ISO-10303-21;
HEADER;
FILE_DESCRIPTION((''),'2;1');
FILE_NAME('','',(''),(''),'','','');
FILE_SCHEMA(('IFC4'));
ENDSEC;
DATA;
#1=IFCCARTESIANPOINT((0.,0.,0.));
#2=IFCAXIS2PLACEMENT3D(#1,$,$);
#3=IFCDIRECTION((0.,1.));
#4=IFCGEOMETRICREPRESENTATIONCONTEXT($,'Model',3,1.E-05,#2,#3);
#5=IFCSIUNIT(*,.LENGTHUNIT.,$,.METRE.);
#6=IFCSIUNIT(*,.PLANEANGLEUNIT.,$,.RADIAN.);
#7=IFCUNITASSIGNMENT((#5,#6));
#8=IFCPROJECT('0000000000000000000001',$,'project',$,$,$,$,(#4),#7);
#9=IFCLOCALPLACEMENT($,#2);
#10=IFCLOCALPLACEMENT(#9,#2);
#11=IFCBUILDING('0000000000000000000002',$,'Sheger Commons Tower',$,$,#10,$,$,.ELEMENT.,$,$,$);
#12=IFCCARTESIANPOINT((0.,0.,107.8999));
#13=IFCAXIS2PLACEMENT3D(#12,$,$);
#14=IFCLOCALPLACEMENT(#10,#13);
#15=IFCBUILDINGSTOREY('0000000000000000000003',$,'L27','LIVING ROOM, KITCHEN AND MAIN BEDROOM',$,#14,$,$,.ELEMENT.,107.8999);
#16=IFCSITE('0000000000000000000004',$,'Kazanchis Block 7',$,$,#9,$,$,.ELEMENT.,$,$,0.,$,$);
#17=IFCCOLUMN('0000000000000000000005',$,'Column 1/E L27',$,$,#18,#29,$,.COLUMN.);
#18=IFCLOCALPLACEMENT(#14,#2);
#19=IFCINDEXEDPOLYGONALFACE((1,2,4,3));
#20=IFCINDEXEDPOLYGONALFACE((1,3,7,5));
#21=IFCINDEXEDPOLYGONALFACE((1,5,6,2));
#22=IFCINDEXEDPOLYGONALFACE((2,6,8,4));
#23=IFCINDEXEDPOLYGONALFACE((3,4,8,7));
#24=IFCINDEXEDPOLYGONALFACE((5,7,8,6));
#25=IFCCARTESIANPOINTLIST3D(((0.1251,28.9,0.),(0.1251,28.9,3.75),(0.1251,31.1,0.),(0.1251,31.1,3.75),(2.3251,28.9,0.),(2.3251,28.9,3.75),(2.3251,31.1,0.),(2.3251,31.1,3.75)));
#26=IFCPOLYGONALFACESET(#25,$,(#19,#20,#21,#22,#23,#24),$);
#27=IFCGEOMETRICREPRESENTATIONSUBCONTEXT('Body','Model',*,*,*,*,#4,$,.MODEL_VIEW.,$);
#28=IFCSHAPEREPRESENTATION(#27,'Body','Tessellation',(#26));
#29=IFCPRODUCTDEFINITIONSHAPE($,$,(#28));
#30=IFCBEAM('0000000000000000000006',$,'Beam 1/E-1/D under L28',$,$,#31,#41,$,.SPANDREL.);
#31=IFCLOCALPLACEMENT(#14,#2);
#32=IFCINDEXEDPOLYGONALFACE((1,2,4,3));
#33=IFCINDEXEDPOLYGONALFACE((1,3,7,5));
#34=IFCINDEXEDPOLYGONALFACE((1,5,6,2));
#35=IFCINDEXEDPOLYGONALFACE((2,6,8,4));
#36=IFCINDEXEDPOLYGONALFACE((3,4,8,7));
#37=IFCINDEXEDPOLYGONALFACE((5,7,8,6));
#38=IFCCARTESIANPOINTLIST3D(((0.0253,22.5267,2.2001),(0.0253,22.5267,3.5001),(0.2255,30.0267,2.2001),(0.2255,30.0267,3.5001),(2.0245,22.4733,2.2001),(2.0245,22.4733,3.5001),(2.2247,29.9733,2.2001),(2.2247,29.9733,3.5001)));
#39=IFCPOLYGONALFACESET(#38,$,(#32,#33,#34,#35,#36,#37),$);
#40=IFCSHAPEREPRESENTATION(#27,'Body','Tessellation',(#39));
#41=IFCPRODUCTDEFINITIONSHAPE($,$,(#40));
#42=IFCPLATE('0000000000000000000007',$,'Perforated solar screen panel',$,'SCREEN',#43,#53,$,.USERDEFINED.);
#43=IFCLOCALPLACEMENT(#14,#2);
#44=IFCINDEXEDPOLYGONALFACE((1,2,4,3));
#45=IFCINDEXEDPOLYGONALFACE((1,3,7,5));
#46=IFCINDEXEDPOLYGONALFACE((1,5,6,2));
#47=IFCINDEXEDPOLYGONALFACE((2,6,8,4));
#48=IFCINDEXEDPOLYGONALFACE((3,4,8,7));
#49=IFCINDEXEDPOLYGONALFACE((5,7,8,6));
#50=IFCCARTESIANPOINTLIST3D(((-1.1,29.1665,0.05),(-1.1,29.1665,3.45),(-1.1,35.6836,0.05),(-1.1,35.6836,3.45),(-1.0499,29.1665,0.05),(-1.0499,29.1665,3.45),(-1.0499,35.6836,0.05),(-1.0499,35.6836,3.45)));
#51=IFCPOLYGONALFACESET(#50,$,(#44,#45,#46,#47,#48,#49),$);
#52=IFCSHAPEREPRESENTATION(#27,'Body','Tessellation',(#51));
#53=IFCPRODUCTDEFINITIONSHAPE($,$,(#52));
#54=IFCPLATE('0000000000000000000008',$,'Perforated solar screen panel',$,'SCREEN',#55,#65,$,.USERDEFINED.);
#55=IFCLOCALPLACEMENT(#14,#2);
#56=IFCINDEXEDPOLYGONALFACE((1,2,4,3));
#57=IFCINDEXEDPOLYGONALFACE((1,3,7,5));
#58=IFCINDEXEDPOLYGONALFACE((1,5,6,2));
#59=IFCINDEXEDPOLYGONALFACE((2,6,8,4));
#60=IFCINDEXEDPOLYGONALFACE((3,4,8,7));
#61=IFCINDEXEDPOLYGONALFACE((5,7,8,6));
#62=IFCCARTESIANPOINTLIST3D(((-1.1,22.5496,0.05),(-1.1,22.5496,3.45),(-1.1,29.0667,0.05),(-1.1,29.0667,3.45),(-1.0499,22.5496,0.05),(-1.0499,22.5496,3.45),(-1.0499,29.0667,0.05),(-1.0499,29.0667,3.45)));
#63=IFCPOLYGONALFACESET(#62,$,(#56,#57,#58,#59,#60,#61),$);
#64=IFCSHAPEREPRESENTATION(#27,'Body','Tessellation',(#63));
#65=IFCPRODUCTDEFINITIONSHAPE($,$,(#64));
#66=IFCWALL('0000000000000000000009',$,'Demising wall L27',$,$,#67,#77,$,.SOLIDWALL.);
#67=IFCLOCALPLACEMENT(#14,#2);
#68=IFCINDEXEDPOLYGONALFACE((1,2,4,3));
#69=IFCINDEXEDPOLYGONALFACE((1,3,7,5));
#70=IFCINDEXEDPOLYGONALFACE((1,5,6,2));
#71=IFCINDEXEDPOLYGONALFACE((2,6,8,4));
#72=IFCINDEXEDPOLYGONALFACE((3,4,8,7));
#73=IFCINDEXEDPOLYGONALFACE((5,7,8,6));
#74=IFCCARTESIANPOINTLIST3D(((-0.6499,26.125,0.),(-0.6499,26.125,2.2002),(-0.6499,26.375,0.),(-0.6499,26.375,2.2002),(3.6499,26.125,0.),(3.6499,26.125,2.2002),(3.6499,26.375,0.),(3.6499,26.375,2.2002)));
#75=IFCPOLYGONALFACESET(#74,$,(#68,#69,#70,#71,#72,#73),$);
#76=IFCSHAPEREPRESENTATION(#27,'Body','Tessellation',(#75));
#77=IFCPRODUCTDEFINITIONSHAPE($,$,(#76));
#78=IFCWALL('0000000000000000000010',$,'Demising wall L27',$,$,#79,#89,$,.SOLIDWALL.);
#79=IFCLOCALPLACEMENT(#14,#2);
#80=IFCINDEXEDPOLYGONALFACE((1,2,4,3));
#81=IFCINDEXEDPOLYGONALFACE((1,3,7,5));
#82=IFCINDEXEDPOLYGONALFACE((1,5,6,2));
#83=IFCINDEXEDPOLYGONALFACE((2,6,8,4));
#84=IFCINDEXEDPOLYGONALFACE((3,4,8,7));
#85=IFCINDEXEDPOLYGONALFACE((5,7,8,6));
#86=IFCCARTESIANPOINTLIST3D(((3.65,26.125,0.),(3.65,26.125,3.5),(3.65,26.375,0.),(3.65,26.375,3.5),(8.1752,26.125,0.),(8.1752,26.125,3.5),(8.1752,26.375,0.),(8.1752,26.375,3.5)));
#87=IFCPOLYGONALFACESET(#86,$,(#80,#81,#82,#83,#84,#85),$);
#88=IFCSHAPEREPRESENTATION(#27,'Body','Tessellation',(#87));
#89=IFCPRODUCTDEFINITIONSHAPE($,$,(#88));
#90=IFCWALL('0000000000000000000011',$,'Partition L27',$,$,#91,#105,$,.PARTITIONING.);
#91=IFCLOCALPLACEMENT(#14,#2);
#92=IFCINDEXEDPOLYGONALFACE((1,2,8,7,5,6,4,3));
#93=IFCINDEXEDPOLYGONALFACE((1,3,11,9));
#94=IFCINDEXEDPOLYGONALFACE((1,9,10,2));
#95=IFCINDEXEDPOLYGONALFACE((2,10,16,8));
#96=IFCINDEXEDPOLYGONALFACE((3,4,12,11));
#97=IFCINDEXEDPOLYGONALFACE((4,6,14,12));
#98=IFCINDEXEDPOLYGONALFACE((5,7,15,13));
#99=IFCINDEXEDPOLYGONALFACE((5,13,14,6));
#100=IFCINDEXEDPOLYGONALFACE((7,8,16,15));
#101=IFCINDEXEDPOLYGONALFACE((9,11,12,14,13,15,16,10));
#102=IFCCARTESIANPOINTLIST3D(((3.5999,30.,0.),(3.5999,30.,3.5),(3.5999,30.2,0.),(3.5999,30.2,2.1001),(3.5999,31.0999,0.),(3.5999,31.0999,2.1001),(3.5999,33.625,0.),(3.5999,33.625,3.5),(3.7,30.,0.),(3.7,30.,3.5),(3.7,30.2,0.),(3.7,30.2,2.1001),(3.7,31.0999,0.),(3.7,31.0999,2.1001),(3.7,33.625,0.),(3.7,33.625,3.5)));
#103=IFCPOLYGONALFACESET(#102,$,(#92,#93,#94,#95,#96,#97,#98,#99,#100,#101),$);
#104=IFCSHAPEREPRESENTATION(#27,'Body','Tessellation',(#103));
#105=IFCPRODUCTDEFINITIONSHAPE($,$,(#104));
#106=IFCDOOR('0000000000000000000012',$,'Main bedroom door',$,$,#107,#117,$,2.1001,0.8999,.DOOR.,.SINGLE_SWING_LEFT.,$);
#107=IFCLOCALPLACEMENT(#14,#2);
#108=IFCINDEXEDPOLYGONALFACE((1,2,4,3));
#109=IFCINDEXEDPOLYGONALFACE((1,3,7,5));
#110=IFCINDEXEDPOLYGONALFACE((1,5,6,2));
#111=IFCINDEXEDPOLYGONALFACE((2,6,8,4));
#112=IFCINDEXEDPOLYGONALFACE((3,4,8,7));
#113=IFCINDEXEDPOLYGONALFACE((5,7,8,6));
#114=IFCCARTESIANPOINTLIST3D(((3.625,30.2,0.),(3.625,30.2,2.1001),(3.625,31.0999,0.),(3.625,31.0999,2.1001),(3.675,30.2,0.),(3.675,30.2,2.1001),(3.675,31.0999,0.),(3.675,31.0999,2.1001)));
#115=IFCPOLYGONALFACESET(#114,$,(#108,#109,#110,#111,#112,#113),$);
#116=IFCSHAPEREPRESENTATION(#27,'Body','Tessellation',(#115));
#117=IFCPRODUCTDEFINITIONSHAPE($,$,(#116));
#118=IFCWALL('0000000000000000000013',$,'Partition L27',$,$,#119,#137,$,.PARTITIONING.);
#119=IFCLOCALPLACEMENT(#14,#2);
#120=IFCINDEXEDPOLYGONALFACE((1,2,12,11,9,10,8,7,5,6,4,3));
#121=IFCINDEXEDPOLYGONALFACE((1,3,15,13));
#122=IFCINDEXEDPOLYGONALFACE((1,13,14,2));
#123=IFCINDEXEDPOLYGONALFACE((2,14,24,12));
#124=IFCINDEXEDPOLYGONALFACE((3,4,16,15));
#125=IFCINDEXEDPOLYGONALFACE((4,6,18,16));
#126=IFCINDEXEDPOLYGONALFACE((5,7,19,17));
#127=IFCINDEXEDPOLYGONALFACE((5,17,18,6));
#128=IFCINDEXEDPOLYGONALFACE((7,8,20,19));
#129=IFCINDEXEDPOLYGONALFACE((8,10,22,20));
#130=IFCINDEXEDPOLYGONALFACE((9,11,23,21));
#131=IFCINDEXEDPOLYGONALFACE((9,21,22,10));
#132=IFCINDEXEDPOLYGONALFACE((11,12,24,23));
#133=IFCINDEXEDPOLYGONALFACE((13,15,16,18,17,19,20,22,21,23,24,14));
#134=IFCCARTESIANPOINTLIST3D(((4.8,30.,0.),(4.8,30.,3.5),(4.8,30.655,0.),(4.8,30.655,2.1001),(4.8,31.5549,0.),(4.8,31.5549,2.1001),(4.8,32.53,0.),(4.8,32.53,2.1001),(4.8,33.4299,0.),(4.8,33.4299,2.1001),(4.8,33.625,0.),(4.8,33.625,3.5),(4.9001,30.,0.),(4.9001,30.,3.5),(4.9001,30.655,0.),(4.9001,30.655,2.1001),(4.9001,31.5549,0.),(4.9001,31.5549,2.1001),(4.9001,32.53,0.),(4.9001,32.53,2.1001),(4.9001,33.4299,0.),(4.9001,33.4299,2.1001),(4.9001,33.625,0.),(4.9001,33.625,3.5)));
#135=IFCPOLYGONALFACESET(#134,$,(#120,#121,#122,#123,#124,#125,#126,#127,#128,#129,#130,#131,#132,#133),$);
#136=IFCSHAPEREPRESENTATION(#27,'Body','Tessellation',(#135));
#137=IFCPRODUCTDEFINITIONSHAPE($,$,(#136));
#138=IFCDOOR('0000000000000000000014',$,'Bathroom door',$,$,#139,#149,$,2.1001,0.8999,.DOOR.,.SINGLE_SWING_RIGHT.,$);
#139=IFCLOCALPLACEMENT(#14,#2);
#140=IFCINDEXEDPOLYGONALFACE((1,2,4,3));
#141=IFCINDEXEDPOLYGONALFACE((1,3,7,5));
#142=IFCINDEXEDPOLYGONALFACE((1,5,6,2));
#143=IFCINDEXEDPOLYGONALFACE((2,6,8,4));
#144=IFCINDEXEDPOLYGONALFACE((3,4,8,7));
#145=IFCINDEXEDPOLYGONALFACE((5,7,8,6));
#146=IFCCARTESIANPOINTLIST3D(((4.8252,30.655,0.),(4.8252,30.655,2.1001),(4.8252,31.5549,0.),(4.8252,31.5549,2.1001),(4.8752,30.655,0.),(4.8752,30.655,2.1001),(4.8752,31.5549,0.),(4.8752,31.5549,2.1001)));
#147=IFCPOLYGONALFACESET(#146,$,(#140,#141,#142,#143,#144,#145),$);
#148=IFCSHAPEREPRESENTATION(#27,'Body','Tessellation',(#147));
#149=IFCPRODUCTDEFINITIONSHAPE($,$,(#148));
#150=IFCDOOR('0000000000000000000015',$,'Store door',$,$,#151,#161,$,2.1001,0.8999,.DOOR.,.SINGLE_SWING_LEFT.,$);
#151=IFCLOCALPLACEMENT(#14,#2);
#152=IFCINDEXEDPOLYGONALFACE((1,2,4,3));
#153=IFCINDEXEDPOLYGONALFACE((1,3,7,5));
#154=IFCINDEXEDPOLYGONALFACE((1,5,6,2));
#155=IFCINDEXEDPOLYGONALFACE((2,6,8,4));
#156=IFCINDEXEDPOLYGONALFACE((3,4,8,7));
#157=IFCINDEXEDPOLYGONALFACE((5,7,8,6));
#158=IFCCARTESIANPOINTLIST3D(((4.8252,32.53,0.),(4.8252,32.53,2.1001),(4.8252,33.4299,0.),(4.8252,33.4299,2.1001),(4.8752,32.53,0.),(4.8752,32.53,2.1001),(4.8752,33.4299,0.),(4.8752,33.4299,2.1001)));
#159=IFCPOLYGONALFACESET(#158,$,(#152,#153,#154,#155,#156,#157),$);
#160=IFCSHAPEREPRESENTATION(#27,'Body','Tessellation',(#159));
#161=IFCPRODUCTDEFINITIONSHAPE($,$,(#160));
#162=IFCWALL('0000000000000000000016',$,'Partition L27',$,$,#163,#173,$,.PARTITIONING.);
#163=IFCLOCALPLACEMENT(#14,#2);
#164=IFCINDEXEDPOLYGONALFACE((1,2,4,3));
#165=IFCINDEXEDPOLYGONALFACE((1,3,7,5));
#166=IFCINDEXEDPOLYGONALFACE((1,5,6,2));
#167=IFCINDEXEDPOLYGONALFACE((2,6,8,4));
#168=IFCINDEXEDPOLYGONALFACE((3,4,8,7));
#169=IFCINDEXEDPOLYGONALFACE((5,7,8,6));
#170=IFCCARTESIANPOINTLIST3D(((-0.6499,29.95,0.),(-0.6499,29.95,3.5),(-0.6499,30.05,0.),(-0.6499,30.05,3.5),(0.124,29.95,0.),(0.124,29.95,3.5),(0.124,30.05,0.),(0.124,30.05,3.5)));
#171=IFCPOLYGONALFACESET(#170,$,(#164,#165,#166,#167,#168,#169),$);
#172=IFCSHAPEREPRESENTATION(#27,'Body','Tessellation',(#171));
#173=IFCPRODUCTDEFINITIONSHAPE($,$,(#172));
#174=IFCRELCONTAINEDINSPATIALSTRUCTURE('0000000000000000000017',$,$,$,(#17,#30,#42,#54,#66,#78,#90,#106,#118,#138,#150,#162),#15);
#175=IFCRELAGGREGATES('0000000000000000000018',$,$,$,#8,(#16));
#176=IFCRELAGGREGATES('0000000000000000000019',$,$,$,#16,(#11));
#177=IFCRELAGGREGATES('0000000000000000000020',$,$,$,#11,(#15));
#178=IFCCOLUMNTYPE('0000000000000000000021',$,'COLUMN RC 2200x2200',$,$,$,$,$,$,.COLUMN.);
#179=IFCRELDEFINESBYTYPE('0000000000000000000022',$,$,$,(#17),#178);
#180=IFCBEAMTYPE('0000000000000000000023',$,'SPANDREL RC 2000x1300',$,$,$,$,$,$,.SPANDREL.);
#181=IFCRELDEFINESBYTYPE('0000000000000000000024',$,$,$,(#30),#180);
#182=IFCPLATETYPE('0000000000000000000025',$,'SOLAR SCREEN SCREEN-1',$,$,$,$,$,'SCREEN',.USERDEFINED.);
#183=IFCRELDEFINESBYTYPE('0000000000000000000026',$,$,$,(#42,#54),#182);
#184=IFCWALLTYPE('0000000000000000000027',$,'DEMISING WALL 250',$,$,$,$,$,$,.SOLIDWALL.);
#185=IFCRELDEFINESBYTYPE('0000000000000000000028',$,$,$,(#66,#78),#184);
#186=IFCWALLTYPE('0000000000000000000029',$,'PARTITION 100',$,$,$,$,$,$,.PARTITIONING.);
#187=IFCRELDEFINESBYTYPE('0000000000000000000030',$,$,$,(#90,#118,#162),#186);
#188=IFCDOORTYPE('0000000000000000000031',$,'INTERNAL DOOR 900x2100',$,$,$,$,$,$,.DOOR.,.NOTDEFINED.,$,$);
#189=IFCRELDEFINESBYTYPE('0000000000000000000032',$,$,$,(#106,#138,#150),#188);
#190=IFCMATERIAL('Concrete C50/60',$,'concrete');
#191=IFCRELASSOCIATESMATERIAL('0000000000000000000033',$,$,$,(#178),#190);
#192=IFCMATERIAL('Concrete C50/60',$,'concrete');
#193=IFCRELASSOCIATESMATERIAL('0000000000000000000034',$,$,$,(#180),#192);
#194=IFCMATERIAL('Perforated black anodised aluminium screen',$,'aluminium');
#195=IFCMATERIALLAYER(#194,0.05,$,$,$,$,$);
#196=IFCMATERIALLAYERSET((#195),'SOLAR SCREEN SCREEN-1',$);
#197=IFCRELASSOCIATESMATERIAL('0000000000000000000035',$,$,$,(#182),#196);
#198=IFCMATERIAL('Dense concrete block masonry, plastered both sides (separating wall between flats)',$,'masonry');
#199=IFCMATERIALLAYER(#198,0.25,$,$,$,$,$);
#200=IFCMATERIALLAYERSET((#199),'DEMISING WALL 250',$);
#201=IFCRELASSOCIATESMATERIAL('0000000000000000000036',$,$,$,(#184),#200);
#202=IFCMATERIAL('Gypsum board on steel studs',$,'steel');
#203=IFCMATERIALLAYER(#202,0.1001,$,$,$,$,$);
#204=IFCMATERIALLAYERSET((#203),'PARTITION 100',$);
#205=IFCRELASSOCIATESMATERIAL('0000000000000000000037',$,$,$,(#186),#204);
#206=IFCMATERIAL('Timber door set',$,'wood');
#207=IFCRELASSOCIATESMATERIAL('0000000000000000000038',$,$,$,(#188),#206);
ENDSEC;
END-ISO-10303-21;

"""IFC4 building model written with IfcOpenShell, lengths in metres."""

from ifc_helpers import new_model, si_unit, direction, frame, frame_2d, origin, origin_2d, place, context, subcontext, project, spatial, rectangle, extrude, material, layer, layer_set, material_profile, profile_set, type_object, element, fill, save


model = new_model("IFC4")

# Units and contexts
model_context = context("Model", 3, precision=1e-05, world=origin(), true_north=direction((0.0, 1.0)))
body_context = subcontext(model_context, "Body", "Model", "MODEL_VIEW")
ifc_project = project(units=[si_unit("LENGTHUNIT", "METRE"), si_unit("PLANEANGLEUNIT", "RADIAN")], contexts=[model_context])

# Site, building, storey
site_placement = place(None, origin())
site = spatial("IfcSite", under=ifc_project, at=site_placement, Name="Kazanchis Block 7", CompositionType="ELEMENT", RefElevation=0.0)
building_placement = place(site_placement, origin())
building = spatial("IfcBuilding", under=site, at=building_placement, Name="Sheger Commons Tower", CompositionType="ELEMENT")
storey_placement = place(building_placement, frame((0.0, 0.0, 107.8999)))
storey = spatial("IfcBuildingStorey", under=building, at=storey_placement, Name="L27", Description="LIVING ROOM, KITCHEN AND MAIN BEDROOM", CompositionType="ELEMENT", Elevation=107.8999)

# Column
ifc_material_1 = material(Name="Concrete C50/60", Category="concrete")
ifc_material_profile_1 = material_profile(ifc_material_1, rectangle(XDim=2.2, YDim=2.2, at=origin_2d()), Name="RC 2200x2200")
ifc_profile_set_1 = profile_set([ifc_material_profile_1], Name="Concrete C50/60")
column_type = type_object("IfcColumnType", Name="COLUMN RC 2200x2200", PredefinedType="COLUMN", material=ifc_profile_set_1)
column_placement = place(storey_placement, frame((1.2251, 30.0, 0.0), z_axis=(0.0, 0.0, 1.0), x_axis=(1.0, 0.0, 0.0)))
element("IfcColumn", 1, at=column_placement, inside=storey, type_object=column_type, Name="Column 1/E L27", PredefinedType="COLUMN", context=body_context, shape_type="SweptSolid", body=[
    extrude(rectangle(XDim=2.2, YDim=2.2, at=origin_2d()), origin(), (0.0, 0.0, 1.0), 3.75),
])

# Beam
ifc_material_2 = material(Name="Concrete C50/60", Category="concrete")
ifc_material_profile_2 = material_profile(ifc_material_2, rectangle(XDim=2.0, YDim=1.3, at=origin_2d()), Name="RC 2000x1300")
ifc_profile_set_2 = profile_set([ifc_material_profile_2], Name="Concrete C50/60")
beam_type = type_object("IfcBeamType", Name="SPANDREL RC 2000x1300", PredefinedType="SPANDREL", material=ifc_profile_set_2)
beam_placement = place(storey_placement, frame((1.2251, 30.0, 2.8501), z_axis=(-0.026683, -0.999644, 0.0), x_axis=(0.999644, -0.026683, 0.0)))
element("IfcBeam", 2, at=beam_placement, inside=storey, type_object=beam_type, Name="Beam 1/E-1/D under L28", PredefinedType="SPANDREL", context=body_context, shape_type="SweptSolid", body=[
    extrude(rectangle(XDim=2.0, YDim=1.3, at=origin_2d()), origin(), (0.0, 0.0, 1.0), 7.5027),
])

# Plates
ifc_material_3 = material(Name="Perforated black anodised aluminium screen", Category="aluminium")
ifc_layer_1 = layer(ifc_material_3, 0.05)
ifc_layer_set_1 = layer_set([ifc_layer_1], Name="SOLAR SCREEN SCREEN-1")
plate_type = type_object("IfcPlateType", Name="SOLAR SCREEN SCREEN-1", ElementType="SCREEN", PredefinedType="USERDEFINED", material=ifc_layer_set_1)
for number, where, z_axis, x_axis, name in (
    (3, (-1.075, 32.425, 0.05), (0.0, 0.0, 1.0), (0.0, -1.0, 0.0), "Perforated solar screen panel"),
    (4, (-1.075, 25.8081, 0.05), (0.0, 0.0, 1.0), (0.0, -1.0, 0.0), "Perforated solar screen panel"),
):
    element("IfcPlate", number, at=place(storey_placement, frame(where, z_axis=z_axis, x_axis=x_axis)), inside=storey, type_object=plate_type, Name=name, ObjectType="SCREEN", PredefinedType="USERDEFINED", context=body_context, shape_type="SweptSolid", body=[
        extrude(rectangle(XDim=6.5171, YDim=0.05, at=origin_2d()), origin(), (0.0, 0.0, 1.0), 3.3999),
    ])

# Walls
ifc_material_4 = material(Name="Dense concrete block masonry, plastered both sides (separating wall between flats)", Category="masonry")
ifc_layer_2 = layer(ifc_material_4, 0.25)
ifc_layer_set_2 = layer_set([ifc_layer_2], Name="DEMISING WALL 250")
wall_type_1 = type_object("IfcWallType", Name="DEMISING WALL 250", PredefinedType="SOLIDWALL", material=ifc_layer_set_2)
wall_1_placement = place(storey_placement, frame((-0.6499, 26.25, 0.0), z_axis=(0.0, 0.0, 1.0), x_axis=(1.0, 0.0, 0.0)))
element("IfcWall", 5, at=wall_1_placement, inside=storey, type_object=wall_type_1, Name="Demising wall L27", PredefinedType="SOLIDWALL", context=body_context, shape_type="SweptSolid", body=[
    extrude(rectangle(XDim=4.2998, YDim=0.25, at=frame_2d((2.1499, 0.0))), origin(), (0.0, 0.0, 1.0), 2.2002),
])
wall_2_placement = place(storey_placement, frame((3.6499, 26.25, 0.0), z_axis=(0.0, 0.0, 1.0), x_axis=(1.0, 0.0, 0.0)))
element("IfcWall", 6, at=wall_2_placement, inside=storey, type_object=wall_type_1, Name="Demising wall L27", PredefinedType="SOLIDWALL", context=body_context, shape_type="SweptSolid", body=[
    extrude(rectangle(XDim=4.5251, YDim=0.25, at=frame_2d((2.2627, 0.0))), origin(), (0.0, 0.0, 1.0), 3.5),
])

# Wall, opening, door
ifc_material_5 = material(Name="Gypsum board on steel studs", Category="steel")
ifc_layer_3 = layer(ifc_material_5, 0.1001)
ifc_layer_set_3 = layer_set([ifc_layer_3], Name="PARTITION 100")
wall_type_2 = type_object("IfcWallType", Name="PARTITION 100", PredefinedType="PARTITIONING", material=ifc_layer_set_3)
wall_3_placement = place(storey_placement, frame((3.6499, 30.0, 0.0), z_axis=(0.0, 0.0, 1.0), x_axis=(0.0, 1.0, 0.0)))
wall_3 = element("IfcWall", 7, at=wall_3_placement, inside=storey, type_object=wall_type_2, Name="Partition L27", PredefinedType="PARTITIONING", context=body_context, shape_type="SweptSolid", body=[
    extrude(rectangle(XDim=3.625, YDim=0.1001, at=frame_2d((1.8125, 0.0))), origin(), (0.0, 0.0, 1.0), 3.5),
])
opening_1_placement = place(wall_3_placement, frame((0.2, 0.0, 0.0)))
opening_1 = element("IfcOpeningElement", 8, at=opening_1_placement, cuts=wall_3, PredefinedType="OPENING", context=body_context, shape_type="SweptSolid", body=[
    extrude(rectangle(XDim=0.8999, YDim=2.1001, at=frame_2d((0.45, 1.05))), frame((0.0, 0.0601, 0.0), z_axis=(0.0, -1.0, 0.0), x_axis=(1.0, 0.0, 0.0)), (0.0, 0.0, 1.0), 0.1201),
])
ifc_material_6 = material(Name="Timber door set", Category="wood")
door_type = type_object("IfcDoorType", Name="INTERNAL DOOR 900x2100", OperationType="NOTDEFINED", PredefinedType="DOOR", material=ifc_material_6)
door_1_placement = place(opening_1_placement, origin())
door_1 = element("IfcDoor", 9, at=door_1_placement, inside=storey, type_object=door_type, Name="Main bedroom door", OperationType="SINGLE_SWING_LEFT", OverallHeight=2.1001, OverallWidth=0.8999, PredefinedType="DOOR", context=body_context, shape_type="SweptSolid", body=[
    extrude(rectangle(XDim=0.8999, YDim=2.1001, at=frame_2d((0.45, 1.05))), frame((0.0, 0.0249, 0.0), z_axis=(0.0, -1.0, 0.0), x_axis=(1.0, 0.0, 0.0)), (0.0, 0.0, 1.0), 0.05),
])
fill(opening_1, door_1)

# Wall, openings, doors
wall_4_placement = place(storey_placement, frame((4.8501, 30.0, 0.0), z_axis=(0.0, 0.0, 1.0), x_axis=(0.0, 1.0, 0.0)))
wall_4 = element("IfcWall", 10, at=wall_4_placement, inside=storey, type_object=wall_type_2, Name="Partition L27", PredefinedType="PARTITIONING", context=body_context, shape_type="SweptSolid", body=[
    extrude(rectangle(XDim=3.625, YDim=0.1001, at=frame_2d((1.8125, 0.0))), origin(), (0.0, 0.0, 1.0), 3.5),
])
opening_2_placement = place(wall_4_placement, frame((0.655, 0.0, 0.0)))
opening_2 = element("IfcOpeningElement", 11, at=opening_2_placement, cuts=wall_4, PredefinedType="OPENING", context=body_context, shape_type="SweptSolid", body=[
    extrude(rectangle(XDim=0.8999, YDim=2.1001, at=frame_2d((0.45, 1.05))), frame((0.0, 0.0601, 0.0), z_axis=(0.0, -1.0, 0.0), x_axis=(1.0, 0.0, 0.0)), (0.0, 0.0, 1.0), 0.1201),
])
opening_3_placement = place(wall_4_placement, frame((2.53, 0.0, 0.0)))
opening_3 = element("IfcOpeningElement", 12, at=opening_3_placement, cuts=wall_4, PredefinedType="OPENING", context=body_context, shape_type="SweptSolid", body=[
    extrude(rectangle(XDim=0.8999, YDim=2.1001, at=frame_2d((0.45, 1.05))), frame((0.0, 0.0601, 0.0), z_axis=(0.0, -1.0, 0.0), x_axis=(1.0, 0.0, 0.0)), (0.0, 0.0, 1.0), 0.1201),
])
door_2_placement = place(opening_2_placement, origin())
door_2 = element("IfcDoor", 13, at=door_2_placement, inside=storey, type_object=door_type, Name="Bathroom door", OperationType="SINGLE_SWING_RIGHT", OverallHeight=2.1001, OverallWidth=0.8999, PredefinedType="DOOR", context=body_context, shape_type="SweptSolid", body=[
    extrude(rectangle(XDim=0.8999, YDim=2.1001, at=frame_2d((0.45, 1.05))), frame((0.0, 0.0249, 0.0), z_axis=(0.0, -1.0, 0.0), x_axis=(1.0, 0.0, 0.0)), (0.0, 0.0, 1.0), 0.05),
])
fill(opening_2, door_2)
door_3_placement = place(opening_3_placement, origin())
door_3 = element("IfcDoor", 14, at=door_3_placement, inside=storey, type_object=door_type, Name="Store door", OperationType="SINGLE_SWING_LEFT", OverallHeight=2.1001, OverallWidth=0.8999, PredefinedType="DOOR", context=body_context, shape_type="SweptSolid", body=[
    extrude(rectangle(XDim=0.8999, YDim=2.1001, at=frame_2d((0.45, 1.05))), frame((0.0, 0.0249, 0.0), z_axis=(0.0, -1.0, 0.0), x_axis=(1.0, 0.0, 0.0)), (0.0, 0.0, 1.0), 0.05),
])
fill(opening_3, door_3)

# Wall
wall_5_placement = place(storey_placement, frame((-0.6499, 30.0, 0.0), z_axis=(0.0, 0.0, 1.0), x_axis=(1.0, 0.0, 0.0)))
element("IfcWall", 15, at=wall_5_placement, inside=storey, type_object=wall_type_2, Name="Partition L27", PredefinedType="PARTITIONING", context=body_context, shape_type="SweptSolid", body=[
    extrude(rectangle(XDim=0.7739, YDim=0.1001, at=frame_2d((0.387, 0.0))), origin(), (0.0, 0.0, 1.0), 3.5),
])

save(model, "model.ifc")
